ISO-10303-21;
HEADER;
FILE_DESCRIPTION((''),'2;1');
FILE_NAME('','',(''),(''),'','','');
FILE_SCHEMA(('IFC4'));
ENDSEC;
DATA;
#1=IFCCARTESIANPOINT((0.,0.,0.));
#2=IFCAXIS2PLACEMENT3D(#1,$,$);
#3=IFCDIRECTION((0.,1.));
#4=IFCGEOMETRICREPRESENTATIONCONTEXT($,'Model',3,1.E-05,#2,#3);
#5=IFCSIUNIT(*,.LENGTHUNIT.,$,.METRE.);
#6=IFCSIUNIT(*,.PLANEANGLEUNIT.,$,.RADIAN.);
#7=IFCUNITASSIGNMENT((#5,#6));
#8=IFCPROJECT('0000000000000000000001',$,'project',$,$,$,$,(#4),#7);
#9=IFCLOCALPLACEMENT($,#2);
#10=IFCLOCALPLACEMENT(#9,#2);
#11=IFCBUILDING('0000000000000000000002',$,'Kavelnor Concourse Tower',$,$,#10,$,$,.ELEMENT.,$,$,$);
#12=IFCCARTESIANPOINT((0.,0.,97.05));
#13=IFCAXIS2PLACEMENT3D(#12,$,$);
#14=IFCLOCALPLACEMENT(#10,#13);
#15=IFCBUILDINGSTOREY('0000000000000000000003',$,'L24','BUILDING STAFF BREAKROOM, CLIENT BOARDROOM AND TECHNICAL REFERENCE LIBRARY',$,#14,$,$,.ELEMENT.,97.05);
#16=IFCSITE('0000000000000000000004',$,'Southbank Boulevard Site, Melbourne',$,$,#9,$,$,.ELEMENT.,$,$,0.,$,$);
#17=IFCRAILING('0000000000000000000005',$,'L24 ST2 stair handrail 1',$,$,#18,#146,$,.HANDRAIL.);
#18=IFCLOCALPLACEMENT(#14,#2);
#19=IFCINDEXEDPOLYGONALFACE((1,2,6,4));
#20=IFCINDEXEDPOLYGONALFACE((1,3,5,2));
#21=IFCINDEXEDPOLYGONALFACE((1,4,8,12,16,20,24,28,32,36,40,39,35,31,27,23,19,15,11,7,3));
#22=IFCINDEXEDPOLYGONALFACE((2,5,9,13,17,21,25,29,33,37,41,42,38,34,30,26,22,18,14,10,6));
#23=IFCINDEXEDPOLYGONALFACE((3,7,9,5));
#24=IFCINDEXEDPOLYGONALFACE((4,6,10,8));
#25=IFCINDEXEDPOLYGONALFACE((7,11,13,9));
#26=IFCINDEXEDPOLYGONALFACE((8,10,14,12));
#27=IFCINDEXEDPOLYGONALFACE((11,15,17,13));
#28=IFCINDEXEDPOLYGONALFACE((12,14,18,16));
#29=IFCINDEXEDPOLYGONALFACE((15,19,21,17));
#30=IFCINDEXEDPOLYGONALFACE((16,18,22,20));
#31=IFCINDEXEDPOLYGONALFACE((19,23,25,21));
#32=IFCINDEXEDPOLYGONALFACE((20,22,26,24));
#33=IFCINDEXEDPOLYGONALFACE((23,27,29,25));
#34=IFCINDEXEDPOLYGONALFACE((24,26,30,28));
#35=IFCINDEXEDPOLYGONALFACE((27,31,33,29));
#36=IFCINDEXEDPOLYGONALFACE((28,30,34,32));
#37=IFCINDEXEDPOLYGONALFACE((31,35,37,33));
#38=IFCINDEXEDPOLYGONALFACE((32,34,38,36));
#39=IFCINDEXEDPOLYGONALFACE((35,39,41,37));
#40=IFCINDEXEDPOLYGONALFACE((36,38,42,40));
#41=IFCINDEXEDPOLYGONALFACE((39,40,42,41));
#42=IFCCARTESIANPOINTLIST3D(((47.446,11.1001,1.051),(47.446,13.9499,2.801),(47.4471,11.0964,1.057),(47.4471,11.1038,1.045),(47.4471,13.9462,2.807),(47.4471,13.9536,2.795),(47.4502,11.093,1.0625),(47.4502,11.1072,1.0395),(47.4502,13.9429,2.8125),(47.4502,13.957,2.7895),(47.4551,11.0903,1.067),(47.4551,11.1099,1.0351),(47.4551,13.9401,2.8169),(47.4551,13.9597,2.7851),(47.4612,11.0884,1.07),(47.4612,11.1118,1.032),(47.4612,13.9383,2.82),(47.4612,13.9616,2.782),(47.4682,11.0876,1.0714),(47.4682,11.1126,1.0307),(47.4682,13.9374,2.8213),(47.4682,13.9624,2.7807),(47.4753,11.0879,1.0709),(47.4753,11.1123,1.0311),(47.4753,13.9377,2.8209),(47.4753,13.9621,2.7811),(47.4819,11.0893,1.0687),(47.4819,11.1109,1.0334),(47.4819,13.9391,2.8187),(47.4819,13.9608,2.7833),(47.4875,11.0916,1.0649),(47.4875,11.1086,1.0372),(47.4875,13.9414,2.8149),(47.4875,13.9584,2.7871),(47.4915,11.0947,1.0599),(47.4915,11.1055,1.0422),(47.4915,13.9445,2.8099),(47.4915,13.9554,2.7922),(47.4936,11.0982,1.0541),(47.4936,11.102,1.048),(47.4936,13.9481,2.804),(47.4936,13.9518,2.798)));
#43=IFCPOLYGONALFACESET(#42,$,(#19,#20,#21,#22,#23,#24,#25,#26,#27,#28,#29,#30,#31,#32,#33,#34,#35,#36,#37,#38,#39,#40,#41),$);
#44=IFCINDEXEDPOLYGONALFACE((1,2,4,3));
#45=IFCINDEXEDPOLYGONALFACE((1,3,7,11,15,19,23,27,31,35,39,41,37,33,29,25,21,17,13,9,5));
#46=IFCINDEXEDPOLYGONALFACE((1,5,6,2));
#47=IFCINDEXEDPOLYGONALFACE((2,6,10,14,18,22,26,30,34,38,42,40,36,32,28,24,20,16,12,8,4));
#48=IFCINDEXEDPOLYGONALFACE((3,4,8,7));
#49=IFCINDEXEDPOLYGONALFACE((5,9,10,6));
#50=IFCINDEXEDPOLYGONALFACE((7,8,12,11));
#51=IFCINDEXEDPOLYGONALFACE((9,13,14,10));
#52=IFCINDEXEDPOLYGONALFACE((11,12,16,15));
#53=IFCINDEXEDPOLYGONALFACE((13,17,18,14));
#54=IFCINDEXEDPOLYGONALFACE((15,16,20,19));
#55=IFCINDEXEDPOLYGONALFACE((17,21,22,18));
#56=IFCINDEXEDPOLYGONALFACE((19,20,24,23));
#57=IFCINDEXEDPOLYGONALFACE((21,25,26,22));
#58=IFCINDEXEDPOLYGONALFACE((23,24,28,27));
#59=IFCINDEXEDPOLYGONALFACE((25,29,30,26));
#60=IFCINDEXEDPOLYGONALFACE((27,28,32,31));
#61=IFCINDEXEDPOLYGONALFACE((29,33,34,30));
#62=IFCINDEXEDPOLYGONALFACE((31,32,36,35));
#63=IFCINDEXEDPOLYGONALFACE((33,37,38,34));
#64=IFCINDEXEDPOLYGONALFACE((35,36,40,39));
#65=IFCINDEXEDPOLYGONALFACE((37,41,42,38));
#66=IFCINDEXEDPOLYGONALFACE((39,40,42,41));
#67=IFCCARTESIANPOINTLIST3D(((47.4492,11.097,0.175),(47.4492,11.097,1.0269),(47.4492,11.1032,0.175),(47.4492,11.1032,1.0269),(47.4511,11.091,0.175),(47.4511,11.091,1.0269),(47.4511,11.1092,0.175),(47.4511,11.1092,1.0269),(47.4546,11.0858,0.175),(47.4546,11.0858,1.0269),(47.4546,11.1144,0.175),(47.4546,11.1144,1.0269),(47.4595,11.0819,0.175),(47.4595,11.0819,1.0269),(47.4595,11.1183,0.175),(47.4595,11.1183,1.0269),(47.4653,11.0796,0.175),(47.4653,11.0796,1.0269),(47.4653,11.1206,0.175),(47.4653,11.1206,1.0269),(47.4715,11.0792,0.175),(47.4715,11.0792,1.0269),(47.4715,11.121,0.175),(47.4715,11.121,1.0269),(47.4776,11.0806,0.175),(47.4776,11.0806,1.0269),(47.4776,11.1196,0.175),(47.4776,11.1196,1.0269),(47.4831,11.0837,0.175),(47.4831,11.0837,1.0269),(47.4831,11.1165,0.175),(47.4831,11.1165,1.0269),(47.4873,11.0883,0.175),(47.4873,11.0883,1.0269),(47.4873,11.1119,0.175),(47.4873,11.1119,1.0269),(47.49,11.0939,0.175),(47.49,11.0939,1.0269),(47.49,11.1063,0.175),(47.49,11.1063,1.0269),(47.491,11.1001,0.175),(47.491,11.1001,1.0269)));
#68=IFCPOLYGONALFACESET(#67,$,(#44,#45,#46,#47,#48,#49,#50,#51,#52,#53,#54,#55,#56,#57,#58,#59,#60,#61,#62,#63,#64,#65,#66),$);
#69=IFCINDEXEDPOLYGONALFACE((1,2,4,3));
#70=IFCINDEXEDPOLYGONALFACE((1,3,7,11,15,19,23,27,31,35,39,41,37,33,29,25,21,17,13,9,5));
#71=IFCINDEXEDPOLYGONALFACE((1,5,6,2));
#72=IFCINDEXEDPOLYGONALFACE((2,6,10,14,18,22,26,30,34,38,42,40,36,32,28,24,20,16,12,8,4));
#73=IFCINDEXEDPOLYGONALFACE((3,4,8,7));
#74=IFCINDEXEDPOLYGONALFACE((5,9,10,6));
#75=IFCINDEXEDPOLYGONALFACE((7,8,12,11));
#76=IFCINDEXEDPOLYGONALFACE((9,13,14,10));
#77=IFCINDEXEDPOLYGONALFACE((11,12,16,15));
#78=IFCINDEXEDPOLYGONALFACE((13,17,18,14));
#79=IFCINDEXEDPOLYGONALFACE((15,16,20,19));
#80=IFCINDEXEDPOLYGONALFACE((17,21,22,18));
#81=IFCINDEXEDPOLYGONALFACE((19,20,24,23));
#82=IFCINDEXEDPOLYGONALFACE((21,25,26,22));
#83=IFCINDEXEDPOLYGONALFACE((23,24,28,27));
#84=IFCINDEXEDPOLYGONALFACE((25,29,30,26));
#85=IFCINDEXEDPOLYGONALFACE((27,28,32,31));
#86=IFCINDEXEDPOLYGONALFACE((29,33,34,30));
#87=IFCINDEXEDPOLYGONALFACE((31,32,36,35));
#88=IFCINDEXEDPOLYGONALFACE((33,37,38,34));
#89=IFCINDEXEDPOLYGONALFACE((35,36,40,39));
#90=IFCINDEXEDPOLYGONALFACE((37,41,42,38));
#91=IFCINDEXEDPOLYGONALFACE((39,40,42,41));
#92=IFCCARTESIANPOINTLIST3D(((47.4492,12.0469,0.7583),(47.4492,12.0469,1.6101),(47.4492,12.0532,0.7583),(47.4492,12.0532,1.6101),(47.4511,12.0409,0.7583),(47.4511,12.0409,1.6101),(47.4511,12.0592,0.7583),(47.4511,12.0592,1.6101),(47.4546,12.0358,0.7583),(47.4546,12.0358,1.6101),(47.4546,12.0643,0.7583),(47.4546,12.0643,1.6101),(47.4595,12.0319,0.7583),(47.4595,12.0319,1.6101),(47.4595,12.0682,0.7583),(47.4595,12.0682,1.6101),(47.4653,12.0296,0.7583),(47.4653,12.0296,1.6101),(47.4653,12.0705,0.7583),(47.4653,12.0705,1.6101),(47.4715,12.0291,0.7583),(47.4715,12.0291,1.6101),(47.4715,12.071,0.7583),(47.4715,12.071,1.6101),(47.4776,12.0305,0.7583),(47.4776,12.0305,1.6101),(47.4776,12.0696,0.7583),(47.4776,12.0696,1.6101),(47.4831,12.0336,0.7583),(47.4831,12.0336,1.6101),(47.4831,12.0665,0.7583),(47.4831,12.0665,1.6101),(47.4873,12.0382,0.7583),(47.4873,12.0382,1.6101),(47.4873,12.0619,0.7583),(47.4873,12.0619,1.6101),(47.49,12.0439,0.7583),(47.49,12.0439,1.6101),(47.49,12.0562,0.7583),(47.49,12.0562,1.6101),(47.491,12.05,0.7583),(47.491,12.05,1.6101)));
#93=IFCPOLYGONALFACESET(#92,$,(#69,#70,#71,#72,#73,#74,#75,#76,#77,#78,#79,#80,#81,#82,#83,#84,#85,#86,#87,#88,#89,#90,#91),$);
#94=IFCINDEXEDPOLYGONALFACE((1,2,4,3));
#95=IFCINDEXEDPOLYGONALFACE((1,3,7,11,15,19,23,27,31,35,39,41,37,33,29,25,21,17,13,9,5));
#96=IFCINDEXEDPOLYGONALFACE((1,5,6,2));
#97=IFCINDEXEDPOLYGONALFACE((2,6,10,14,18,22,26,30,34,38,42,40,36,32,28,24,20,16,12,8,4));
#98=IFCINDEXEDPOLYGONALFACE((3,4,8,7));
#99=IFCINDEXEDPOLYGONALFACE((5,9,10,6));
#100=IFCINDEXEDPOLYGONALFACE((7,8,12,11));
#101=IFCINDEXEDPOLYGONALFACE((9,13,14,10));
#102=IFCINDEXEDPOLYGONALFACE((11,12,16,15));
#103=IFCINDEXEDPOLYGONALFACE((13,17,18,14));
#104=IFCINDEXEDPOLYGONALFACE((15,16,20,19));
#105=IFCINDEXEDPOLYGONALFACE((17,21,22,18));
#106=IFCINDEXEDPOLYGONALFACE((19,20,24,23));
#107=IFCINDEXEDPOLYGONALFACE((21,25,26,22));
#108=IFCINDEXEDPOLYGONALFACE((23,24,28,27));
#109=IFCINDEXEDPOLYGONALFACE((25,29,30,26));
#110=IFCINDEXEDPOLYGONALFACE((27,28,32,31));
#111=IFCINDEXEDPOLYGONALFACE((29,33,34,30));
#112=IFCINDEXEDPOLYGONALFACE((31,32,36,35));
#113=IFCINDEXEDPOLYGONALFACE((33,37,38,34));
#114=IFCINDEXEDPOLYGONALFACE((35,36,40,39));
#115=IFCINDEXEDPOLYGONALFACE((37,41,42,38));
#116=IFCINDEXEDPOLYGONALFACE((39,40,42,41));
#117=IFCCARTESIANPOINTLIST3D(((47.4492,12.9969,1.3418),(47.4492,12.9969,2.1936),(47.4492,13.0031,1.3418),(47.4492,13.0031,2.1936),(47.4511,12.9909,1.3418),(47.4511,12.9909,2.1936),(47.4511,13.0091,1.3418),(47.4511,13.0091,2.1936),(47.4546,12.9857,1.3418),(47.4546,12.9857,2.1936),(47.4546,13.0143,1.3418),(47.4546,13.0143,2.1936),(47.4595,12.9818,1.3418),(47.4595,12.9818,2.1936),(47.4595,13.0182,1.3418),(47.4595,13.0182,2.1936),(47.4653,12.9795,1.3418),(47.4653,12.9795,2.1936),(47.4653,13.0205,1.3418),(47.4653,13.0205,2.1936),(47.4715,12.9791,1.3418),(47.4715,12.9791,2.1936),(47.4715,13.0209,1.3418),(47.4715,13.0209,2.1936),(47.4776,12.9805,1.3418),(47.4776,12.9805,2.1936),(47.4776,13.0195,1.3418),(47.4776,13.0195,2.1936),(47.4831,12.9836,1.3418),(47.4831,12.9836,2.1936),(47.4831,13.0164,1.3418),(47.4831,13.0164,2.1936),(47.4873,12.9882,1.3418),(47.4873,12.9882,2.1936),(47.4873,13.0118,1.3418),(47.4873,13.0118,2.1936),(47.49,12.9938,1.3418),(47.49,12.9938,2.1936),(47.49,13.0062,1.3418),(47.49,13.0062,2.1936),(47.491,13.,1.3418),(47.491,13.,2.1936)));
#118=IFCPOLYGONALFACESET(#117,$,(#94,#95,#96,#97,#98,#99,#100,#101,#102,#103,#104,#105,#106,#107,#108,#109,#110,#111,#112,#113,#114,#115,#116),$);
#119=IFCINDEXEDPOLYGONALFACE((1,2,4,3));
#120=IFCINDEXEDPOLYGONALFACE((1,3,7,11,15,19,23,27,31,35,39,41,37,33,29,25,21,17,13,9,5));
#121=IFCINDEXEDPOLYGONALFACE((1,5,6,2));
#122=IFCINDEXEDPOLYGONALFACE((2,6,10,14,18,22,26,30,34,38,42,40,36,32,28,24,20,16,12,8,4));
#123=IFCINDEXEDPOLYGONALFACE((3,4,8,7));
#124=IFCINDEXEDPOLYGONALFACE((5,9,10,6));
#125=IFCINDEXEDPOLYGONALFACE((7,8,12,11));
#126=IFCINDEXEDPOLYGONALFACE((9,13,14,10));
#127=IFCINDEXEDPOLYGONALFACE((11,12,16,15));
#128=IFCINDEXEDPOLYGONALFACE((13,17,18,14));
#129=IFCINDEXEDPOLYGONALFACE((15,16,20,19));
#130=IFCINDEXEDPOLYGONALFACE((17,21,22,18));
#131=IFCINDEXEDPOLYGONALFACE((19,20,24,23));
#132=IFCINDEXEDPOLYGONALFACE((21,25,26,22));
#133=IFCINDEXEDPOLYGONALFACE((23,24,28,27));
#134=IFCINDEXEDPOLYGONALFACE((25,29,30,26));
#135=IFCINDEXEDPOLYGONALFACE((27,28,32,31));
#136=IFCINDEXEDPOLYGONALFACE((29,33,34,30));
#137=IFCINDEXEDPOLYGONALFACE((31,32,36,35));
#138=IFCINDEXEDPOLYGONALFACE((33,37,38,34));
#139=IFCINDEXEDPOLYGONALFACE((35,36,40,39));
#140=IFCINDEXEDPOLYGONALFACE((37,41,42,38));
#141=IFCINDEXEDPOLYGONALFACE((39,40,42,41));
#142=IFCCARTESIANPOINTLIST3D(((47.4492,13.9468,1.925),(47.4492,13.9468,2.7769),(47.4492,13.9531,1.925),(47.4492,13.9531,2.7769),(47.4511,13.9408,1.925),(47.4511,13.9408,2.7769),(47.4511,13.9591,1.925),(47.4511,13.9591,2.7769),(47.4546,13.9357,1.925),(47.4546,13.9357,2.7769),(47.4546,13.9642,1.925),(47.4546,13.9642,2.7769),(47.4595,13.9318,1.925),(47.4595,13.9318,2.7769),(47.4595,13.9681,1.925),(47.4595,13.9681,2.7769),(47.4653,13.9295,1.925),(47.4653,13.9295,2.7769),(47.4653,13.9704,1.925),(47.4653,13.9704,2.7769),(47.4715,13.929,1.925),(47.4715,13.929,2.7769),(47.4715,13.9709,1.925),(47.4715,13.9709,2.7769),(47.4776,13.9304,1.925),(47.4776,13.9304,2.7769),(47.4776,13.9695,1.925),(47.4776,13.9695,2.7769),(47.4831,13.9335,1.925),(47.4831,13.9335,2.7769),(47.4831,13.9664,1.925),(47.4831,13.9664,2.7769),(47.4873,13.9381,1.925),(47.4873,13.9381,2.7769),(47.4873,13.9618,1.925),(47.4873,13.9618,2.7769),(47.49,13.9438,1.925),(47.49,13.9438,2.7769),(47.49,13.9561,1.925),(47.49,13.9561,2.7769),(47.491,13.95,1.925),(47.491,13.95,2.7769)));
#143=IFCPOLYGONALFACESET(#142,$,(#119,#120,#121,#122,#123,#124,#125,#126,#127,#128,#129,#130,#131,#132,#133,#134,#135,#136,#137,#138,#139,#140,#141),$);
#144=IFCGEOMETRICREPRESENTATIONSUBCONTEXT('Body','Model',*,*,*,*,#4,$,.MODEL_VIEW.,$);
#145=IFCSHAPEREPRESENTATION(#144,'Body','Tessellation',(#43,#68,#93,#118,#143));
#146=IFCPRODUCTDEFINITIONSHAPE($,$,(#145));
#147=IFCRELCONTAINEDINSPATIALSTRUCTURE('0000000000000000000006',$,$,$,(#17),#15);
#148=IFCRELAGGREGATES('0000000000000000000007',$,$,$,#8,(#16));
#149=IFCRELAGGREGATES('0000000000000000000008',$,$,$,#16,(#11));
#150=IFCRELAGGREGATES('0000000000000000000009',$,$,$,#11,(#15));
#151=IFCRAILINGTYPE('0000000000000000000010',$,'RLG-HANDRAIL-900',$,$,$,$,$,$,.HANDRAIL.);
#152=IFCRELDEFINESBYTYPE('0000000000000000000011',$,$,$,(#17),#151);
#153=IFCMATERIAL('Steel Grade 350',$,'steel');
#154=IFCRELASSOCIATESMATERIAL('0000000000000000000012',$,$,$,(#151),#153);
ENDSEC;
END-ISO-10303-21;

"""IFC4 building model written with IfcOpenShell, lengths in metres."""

from ifc_helpers import new_model, si_unit, direction, frame, origin, origin_2d, place, context, subcontext, project, spatial, circle, extrude, material, type_object, element, save


model = new_model("IFC4")

# Units and contexts
model_context = context("Model", 3, precision=1e-05, world=origin(), true_north=direction((0.0, 1.0)))
body_context = subcontext(model_context, "Body", "Model", "MODEL_VIEW")
ifc_project = project(units=[si_unit("LENGTHUNIT", "METRE"), si_unit("PLANEANGLEUNIT", "RADIAN")], contexts=[model_context])

# Site, building, storey
site_placement = place(None, origin())
site = spatial("IfcSite", under=ifc_project, at=site_placement, Name="Southbank Boulevard Site, Melbourne", CompositionType="ELEMENT", RefElevation=0.0)
building_placement = place(site_placement, origin())
building = spatial("IfcBuilding", under=site, at=building_placement, Name="Kavelnor Concourse Tower", CompositionType="ELEMENT")
storey_placement = place(building_placement, frame((0.0, 0.0, 97.05)))
storey = spatial("IfcBuildingStorey", under=building, at=storey_placement, Name="L24", Description="BUILDING STAFF BREAKROOM, CLIENT BOARDROOM AND TECHNICAL REFERENCE LIBRARY", CompositionType="ELEMENT", Elevation=97.05)

# Shared definitions
ifc_material_1 = material(Name="Steel Grade 350", Category="steel")

# Railing
railing_type_1 = type_object("IfcRailingType", Name="RLG-HANDRAIL-900", PredefinedType="HANDRAIL", material=ifc_material_1)
railing_1_placement = place(storey_placement, frame((47.47, 11.1001, 0.175)))
element("IfcRailing", 1, at=railing_1_placement, inside=storey, type_object=railing_type_1, Name="L24 ST2 stair handrail 1", PredefinedType="HANDRAIL", context=body_context, shape_type="SweptSolid", body=[
    extrude(circle(Radius=0.0239, at=origin_2d()), frame((0.0, 0.0, 0.876), z_axis=(0.0, 0.852159, 0.523283), x_axis=(-1.0, 0.0, 0.0)), (0.0, 0.0, 1.0), 3.3442),
    extrude(circle(Radius=0.021, at=origin_2d()), origin(), (0.0, 0.0, 1.0), 0.8518),
    extrude(circle(Radius=0.021, at=origin_2d()), frame((0.0, 0.95, 0.5833)), (0.0, 0.0, 1.0), 0.8518),
    extrude(circle(Radius=0.021, at=origin_2d()), frame((0.0, 1.8999, 1.1667)), (0.0, 0.0, 1.0), 0.8518),
    extrude(circle(Radius=0.021, at=origin_2d()), frame((0.0, 2.8499, 1.75)), (0.0, 0.0, 1.0), 0.8518),
])

save(model, "model.ifc")
